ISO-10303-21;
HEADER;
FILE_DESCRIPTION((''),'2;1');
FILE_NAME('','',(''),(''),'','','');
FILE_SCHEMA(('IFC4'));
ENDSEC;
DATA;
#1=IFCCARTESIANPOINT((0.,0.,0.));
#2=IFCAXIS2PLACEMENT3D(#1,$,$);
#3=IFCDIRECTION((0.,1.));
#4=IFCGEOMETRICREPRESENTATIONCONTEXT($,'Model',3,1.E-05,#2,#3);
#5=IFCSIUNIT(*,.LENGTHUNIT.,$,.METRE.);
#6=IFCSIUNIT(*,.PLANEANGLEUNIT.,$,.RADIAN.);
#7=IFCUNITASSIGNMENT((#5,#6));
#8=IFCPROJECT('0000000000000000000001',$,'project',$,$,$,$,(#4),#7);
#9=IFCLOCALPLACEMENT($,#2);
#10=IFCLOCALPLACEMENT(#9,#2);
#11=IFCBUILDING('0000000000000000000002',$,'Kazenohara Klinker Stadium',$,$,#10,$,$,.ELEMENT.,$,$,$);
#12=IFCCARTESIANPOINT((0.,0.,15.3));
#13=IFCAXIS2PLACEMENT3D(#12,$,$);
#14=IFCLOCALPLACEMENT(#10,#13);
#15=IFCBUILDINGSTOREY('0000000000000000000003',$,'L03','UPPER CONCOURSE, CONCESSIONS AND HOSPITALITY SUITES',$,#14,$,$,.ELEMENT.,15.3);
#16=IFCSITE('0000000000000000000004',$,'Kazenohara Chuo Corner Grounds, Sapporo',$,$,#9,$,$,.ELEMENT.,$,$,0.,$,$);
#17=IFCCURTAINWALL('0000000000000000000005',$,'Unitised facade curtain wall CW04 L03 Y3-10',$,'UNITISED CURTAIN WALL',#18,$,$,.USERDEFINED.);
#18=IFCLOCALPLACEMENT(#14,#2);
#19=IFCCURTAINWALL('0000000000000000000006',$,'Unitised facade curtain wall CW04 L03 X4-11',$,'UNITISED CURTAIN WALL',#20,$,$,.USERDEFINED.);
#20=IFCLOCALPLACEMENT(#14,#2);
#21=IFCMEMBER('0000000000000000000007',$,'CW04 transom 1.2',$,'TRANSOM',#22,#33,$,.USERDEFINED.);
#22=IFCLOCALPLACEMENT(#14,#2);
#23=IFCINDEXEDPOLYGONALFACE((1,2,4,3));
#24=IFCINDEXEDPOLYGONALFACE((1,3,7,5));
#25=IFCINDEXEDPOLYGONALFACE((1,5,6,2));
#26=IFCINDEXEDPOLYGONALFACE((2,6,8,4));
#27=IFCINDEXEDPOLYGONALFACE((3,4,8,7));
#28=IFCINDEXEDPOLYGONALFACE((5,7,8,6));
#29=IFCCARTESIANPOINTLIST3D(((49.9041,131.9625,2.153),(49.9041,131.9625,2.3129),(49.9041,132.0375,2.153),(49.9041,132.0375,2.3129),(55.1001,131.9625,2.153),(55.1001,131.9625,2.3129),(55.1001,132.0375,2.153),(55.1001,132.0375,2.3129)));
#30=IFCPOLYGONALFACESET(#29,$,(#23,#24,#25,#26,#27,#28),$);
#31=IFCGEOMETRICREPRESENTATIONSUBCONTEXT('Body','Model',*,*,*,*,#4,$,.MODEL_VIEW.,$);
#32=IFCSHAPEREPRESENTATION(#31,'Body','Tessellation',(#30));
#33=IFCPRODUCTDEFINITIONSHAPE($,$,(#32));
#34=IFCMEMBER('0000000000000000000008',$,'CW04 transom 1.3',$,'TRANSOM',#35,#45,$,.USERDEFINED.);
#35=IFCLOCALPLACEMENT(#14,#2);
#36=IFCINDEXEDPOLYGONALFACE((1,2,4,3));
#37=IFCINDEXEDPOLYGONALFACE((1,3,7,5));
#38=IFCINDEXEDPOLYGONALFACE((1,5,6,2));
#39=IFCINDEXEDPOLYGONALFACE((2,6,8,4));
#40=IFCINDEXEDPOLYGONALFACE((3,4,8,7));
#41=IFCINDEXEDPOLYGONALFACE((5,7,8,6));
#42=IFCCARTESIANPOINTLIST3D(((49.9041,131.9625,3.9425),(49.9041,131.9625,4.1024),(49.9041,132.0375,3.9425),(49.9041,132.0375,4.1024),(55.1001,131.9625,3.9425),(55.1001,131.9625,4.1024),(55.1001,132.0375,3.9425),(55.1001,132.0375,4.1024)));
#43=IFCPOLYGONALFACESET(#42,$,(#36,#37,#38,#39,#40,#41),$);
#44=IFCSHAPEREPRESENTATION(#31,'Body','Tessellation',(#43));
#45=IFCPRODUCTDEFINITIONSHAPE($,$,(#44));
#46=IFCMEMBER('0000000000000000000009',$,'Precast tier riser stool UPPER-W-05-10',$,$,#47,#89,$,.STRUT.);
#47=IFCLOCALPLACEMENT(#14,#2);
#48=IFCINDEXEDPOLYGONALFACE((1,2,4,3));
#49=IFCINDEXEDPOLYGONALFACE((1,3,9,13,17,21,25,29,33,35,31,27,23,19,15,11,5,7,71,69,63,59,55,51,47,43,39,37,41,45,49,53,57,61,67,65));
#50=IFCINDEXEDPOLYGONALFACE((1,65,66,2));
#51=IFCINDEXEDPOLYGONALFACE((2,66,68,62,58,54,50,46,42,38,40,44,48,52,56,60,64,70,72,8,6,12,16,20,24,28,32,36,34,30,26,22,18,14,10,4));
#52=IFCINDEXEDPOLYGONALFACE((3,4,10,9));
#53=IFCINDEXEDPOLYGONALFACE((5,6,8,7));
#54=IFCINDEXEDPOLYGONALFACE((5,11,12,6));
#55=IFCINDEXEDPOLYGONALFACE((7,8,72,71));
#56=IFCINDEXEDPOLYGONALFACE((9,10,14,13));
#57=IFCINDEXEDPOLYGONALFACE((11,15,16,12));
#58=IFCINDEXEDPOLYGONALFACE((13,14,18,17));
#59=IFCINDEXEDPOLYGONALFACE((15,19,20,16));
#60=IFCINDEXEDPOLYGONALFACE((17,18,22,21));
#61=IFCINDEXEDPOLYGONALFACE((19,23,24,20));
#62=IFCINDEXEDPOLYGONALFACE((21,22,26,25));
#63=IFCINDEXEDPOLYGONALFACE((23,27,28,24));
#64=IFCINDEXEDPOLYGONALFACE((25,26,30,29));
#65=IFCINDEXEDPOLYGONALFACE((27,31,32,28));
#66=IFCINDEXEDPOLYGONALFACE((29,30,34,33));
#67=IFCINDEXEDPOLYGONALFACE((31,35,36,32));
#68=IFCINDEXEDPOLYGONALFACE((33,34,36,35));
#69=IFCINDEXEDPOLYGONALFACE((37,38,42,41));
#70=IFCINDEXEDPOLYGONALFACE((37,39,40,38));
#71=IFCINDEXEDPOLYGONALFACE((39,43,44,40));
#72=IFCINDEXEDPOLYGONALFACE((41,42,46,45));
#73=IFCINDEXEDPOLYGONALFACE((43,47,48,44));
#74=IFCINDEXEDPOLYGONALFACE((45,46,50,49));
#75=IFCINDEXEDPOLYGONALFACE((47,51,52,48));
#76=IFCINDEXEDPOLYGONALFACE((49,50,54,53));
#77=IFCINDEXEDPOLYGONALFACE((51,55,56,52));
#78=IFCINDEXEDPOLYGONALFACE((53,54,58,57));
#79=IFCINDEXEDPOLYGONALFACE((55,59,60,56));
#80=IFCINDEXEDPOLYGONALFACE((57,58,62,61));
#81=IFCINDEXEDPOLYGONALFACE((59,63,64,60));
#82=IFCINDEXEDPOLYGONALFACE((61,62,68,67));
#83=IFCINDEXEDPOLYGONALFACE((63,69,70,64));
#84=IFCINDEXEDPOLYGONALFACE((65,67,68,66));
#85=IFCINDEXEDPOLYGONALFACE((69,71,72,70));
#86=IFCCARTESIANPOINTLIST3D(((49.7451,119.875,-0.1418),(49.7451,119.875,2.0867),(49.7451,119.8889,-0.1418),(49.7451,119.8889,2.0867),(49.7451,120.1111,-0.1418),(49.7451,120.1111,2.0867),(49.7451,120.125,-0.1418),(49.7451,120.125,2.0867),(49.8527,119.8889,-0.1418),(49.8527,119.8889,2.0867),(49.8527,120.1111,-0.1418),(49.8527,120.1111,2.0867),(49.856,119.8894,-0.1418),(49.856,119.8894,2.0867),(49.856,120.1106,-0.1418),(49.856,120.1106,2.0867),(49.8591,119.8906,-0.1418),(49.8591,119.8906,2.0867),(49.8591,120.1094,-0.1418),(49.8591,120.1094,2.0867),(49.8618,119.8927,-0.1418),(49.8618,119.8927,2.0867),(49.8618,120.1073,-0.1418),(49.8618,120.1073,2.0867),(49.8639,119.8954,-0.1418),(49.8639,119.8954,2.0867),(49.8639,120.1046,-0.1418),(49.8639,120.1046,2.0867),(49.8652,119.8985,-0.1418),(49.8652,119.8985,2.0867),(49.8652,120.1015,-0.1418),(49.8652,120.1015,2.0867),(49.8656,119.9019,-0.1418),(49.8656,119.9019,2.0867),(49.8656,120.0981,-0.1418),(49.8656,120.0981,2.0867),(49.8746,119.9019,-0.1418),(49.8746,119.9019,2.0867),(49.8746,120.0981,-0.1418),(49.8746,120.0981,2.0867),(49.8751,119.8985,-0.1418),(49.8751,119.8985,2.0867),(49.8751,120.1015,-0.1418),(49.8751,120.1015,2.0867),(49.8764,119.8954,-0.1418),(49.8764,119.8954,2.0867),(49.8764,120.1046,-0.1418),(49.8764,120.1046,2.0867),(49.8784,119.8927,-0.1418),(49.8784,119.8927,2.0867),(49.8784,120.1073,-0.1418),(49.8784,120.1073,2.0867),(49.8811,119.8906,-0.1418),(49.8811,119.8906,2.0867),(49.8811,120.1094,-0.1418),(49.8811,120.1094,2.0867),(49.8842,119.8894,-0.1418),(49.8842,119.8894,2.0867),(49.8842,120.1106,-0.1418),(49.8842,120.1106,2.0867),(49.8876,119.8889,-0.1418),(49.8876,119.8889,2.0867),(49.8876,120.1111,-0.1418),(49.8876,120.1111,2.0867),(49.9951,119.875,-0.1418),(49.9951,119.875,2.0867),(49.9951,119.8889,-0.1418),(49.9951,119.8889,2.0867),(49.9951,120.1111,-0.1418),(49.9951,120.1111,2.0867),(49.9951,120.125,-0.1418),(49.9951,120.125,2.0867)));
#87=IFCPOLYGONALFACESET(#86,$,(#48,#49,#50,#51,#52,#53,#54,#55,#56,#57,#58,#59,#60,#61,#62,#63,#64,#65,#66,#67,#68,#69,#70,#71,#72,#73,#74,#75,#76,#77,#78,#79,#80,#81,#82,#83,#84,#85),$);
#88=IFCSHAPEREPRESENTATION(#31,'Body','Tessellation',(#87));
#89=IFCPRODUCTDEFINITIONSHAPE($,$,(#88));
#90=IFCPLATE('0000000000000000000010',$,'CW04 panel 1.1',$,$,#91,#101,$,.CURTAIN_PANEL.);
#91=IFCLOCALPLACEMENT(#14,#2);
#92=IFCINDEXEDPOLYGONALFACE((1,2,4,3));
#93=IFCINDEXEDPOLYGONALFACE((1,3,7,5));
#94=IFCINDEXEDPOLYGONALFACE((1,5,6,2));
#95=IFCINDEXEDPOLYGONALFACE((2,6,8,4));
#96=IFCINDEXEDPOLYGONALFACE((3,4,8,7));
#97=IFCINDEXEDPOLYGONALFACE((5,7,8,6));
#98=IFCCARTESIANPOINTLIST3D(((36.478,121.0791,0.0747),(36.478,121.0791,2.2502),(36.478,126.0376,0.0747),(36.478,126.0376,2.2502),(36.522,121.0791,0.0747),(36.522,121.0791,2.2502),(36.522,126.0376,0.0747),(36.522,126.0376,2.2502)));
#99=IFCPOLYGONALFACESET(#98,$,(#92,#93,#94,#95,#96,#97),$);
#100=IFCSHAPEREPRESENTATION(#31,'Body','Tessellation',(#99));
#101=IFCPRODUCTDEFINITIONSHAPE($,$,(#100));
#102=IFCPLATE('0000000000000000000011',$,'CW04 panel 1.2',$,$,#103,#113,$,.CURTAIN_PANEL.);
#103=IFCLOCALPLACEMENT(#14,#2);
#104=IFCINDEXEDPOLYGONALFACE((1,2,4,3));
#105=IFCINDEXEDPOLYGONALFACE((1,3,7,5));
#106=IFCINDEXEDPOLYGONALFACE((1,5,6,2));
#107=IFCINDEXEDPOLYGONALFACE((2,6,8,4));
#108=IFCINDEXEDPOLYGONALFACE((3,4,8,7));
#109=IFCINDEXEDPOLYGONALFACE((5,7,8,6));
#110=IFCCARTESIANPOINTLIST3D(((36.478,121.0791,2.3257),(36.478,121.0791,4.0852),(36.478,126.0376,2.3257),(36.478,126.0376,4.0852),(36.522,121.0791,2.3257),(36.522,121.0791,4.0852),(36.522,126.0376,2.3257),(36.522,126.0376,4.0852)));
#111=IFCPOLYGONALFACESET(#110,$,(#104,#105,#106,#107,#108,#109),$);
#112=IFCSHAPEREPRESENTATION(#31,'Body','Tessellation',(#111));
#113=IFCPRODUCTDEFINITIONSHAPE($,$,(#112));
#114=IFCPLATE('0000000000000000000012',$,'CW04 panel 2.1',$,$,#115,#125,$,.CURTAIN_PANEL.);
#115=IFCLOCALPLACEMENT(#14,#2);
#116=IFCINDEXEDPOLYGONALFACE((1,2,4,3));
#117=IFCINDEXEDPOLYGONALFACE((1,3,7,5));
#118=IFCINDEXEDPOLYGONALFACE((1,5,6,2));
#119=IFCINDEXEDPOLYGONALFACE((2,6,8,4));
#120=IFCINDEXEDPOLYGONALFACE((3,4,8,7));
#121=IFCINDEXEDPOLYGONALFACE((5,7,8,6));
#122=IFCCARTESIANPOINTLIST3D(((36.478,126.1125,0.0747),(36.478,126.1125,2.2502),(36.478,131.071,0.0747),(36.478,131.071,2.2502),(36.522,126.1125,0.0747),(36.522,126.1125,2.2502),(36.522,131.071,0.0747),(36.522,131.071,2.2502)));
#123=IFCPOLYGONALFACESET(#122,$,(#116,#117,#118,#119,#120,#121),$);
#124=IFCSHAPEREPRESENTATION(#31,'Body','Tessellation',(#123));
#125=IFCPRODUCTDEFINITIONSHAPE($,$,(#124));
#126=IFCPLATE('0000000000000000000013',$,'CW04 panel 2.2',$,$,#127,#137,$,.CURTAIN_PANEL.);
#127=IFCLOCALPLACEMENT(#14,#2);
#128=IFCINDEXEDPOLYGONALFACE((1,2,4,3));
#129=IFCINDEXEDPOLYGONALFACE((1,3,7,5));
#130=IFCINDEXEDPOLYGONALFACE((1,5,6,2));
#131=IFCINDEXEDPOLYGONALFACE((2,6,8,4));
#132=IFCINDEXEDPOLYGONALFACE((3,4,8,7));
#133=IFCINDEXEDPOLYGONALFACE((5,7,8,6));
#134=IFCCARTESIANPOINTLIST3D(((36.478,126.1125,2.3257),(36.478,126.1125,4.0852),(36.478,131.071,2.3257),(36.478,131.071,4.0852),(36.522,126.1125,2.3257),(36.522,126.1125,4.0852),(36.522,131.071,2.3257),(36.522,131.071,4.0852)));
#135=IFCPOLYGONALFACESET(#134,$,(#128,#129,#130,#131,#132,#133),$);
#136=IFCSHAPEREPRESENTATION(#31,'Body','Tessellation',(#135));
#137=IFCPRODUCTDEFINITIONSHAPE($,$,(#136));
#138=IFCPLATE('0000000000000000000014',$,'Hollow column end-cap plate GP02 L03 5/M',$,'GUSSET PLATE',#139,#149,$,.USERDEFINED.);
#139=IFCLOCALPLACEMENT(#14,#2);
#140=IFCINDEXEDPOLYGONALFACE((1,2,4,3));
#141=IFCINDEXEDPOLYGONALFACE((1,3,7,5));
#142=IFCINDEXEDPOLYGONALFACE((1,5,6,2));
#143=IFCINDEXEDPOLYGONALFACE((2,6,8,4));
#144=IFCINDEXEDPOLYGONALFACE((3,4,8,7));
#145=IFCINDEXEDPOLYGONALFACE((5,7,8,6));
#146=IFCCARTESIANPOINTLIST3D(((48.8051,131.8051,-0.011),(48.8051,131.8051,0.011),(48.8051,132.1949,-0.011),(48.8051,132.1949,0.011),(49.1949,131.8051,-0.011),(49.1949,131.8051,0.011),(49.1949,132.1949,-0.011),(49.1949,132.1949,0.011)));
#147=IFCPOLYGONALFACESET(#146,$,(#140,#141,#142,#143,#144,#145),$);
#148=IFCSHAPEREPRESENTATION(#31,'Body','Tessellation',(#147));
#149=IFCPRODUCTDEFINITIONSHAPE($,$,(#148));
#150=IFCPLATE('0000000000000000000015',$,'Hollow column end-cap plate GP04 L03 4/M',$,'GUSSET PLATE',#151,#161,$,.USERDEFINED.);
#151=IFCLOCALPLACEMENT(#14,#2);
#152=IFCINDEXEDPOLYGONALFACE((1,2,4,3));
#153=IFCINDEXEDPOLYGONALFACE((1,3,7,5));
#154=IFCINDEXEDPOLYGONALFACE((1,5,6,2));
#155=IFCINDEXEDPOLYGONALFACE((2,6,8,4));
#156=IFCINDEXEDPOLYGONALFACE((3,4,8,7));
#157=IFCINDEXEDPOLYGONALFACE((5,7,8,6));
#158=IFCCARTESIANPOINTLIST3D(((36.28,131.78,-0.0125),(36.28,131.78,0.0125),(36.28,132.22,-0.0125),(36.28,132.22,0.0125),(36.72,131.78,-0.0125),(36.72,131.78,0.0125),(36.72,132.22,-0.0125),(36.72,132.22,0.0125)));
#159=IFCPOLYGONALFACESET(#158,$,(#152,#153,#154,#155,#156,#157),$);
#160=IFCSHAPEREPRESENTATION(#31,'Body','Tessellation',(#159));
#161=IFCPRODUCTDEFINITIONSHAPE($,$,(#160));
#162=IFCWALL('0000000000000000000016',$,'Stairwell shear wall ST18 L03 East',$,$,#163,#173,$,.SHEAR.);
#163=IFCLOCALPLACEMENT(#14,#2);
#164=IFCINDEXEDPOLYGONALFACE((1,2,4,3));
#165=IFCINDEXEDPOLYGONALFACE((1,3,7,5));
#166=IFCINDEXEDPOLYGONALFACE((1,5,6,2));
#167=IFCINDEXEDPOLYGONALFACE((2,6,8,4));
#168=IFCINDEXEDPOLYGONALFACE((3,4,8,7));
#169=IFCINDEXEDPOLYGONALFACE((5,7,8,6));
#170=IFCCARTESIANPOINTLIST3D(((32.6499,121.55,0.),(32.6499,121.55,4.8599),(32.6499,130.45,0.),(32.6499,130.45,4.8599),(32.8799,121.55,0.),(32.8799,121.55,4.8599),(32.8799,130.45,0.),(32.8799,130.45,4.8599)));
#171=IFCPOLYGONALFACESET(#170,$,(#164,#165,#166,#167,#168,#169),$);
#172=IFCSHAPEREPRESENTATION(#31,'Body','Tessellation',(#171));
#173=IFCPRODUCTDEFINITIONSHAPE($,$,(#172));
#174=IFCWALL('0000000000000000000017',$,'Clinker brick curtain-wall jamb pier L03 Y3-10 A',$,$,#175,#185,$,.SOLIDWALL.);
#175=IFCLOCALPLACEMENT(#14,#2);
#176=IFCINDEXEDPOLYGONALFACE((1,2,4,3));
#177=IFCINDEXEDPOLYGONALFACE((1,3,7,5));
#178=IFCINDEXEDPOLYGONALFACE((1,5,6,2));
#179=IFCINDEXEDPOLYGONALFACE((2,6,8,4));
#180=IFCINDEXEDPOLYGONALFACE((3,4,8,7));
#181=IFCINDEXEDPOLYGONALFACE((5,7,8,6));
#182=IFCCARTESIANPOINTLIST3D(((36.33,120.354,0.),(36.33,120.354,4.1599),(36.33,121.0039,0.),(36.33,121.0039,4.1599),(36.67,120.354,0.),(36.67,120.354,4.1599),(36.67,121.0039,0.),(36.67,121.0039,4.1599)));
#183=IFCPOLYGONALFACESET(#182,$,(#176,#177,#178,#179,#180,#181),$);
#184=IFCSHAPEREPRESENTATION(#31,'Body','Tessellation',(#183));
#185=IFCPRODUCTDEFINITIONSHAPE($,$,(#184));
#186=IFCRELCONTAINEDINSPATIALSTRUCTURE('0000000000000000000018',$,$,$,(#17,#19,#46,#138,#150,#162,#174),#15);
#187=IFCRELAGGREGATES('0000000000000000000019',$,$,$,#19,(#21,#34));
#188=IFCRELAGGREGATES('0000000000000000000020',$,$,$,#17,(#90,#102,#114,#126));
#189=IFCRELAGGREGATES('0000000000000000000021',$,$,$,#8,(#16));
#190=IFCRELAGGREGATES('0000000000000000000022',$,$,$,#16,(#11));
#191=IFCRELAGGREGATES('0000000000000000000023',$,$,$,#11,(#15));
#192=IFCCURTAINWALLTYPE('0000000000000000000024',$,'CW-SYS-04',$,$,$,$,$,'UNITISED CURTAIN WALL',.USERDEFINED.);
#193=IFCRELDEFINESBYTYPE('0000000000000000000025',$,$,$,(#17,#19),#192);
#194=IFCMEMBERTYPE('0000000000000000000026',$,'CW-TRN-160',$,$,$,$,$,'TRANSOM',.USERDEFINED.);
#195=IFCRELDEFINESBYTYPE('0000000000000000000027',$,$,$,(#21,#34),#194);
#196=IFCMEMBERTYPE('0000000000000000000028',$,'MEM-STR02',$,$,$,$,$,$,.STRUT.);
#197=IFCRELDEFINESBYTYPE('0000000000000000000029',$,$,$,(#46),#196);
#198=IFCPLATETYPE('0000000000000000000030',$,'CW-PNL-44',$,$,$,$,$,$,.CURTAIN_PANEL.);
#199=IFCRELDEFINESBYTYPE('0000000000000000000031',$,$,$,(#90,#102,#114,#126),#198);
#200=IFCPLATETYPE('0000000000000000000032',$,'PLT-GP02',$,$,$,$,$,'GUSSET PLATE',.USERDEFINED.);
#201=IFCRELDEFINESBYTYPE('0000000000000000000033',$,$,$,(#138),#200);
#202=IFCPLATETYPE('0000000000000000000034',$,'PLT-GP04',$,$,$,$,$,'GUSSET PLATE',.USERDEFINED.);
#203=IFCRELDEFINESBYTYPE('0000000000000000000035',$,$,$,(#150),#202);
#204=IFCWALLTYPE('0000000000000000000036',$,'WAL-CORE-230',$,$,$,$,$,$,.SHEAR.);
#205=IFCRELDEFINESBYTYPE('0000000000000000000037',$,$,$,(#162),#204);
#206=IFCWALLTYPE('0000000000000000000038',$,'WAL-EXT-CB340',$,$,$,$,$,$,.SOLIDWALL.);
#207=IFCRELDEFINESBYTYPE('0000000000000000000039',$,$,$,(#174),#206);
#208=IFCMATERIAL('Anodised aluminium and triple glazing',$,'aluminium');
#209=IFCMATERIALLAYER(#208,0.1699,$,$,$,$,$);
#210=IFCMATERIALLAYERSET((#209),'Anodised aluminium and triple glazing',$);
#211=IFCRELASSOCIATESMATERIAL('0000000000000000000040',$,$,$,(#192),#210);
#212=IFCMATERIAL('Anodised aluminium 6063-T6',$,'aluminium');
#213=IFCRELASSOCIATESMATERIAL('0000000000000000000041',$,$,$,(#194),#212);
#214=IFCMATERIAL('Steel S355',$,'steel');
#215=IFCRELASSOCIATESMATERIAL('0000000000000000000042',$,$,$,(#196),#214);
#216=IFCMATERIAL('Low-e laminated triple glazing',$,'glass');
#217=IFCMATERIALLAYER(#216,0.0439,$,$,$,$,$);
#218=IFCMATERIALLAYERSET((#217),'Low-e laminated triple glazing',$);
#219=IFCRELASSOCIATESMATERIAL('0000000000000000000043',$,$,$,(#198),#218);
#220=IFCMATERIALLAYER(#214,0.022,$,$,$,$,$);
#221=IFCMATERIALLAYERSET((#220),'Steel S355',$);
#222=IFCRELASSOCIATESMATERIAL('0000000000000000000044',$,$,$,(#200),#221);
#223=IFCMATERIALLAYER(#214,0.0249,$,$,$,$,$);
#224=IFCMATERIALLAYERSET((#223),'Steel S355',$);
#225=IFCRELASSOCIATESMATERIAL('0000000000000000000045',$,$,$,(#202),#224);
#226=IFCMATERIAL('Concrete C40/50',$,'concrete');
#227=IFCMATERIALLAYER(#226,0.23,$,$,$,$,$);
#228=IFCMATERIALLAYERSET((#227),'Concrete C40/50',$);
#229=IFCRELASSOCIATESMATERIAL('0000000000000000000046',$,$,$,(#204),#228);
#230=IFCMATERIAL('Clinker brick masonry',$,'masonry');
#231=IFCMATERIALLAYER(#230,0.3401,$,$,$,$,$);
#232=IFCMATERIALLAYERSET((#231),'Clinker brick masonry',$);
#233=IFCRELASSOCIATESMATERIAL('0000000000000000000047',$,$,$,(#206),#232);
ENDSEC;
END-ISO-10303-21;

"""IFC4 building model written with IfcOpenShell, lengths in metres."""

from ifc_helpers import new_model, si_unit, direction, frame, frame_2d, origin, origin_2d, place, context, subcontext, project, spatial, rectangle, i_section, extrude, material, layer, layer_set, material_profile, profile_set, type_object, element, aggregate, save


model = new_model("IFC4")

# Units and contexts
model_context = context("Model", 3, precision=1e-05, world=origin(), true_north=direction((0.0, 1.0)))
body_context = subcontext(model_context, "Body", "Model", "MODEL_VIEW")
ifc_project = project(units=[si_unit("LENGTHUNIT", "METRE"), si_unit("PLANEANGLEUNIT", "RADIAN")], contexts=[model_context])

# Site, building, storey
site_placement = place(None, origin())
site = spatial("IfcSite", under=ifc_project, at=site_placement, Name="Kazenohara Chuo Corner Grounds, Sapporo", CompositionType="ELEMENT", RefElevation=0.0)
building_placement = place(site_placement, origin())
building = spatial("IfcBuilding", under=site, at=building_placement, Name="Kazenohara Klinker Stadium", CompositionType="ELEMENT")
storey_placement = place(building_placement, frame((0.0, 0.0, 15.3)))
storey = spatial("IfcBuildingStorey", under=building, at=storey_placement, Name="L03", Description="UPPER CONCOURSE, CONCESSIONS AND HOSPITALITY SUITES", CompositionType="ELEMENT", Elevation=15.3)

# Shared definitions
ifc_material_1 = material(Name="Steel S355", Category="steel")

# Shared definitions
ifc_material_2 = material(Name="Concrete C40/50", Category="concrete")

# Curtain wall
ifc_material_3 = material(Name="Anodised aluminium and triple glazing", Category="aluminium")
ifc_layer_1 = layer(ifc_material_3, 0.1699)
ifc_layer_set_1 = layer_set([ifc_layer_1], Name="Anodised aluminium and triple glazing")
curtain_wall_type = type_object("IfcCurtainWallType", Name="CW-SYS-04", ElementType="UNITISED CURTAIN WALL", PredefinedType="USERDEFINED", material=ifc_layer_set_1)
curtain_wall_1_placement = place(storey_placement, origin())
curtain_wall_1 = element("IfcCurtainWall", 1, at=curtain_wall_1_placement, inside=storey, type_object=curtain_wall_type, Name="Unitised facade curtain wall CW04 L03 Y3-10", ObjectType="UNITISED CURTAIN WALL", PredefinedType="USERDEFINED")
ifc_material_4 = material(Name="Anodised aluminium 6063-T6", Category="aluminium")

# Curtain wall
curtain_wall_2_placement = place(storey_placement, origin())
curtain_wall_2 = element("IfcCurtainWall", 2, at=curtain_wall_2_placement, inside=storey, type_object=curtain_wall_type, Name="Unitised facade curtain wall CW04 L03 X4-11", ObjectType="UNITISED CURTAIN WALL", PredefinedType="USERDEFINED")

# Members
ifc_material_profile_1 = material_profile(ifc_material_4, rectangle(XDim=0.075, YDim=0.1599, at=origin_2d()), Name="ALU-TRN-75x160")
ifc_profile_set_1 = profile_set([ifc_material_profile_1], Name="Anodised aluminium 6063-T6")
member_type_1 = type_object("IfcMemberType", Name="CW-TRN-160", ElementType="TRANSOM", PredefinedType="USERDEFINED", material=ifc_profile_set_1)
member_1_placement = place(storey_placement, frame((49.9041, 132.0, 2.2329), z_axis=(1.0, 0.0, 0.0), x_axis=(0.0, 1.0, 0.0)))
member_1 = element("IfcMember", 3, at=member_1_placement, type_object=member_type_1, Name="CW04 transom 1.2", ObjectType="TRANSOM", PredefinedType="USERDEFINED", context=body_context, shape_type="SweptSolid", body=[
    extrude(rectangle(XDim=0.075, YDim=0.1599, at=origin_2d()), origin(), (0.0, 0.0, 1.0), 5.196),
])
member_2_placement = place(storey_placement, frame((49.9041, 132.0, 4.0225), z_axis=(1.0, 0.0, 0.0), x_axis=(0.0, 1.0, 0.0)))
member_2 = element("IfcMember", 4, at=member_2_placement, type_object=member_type_1, Name="CW04 transom 1.3", ObjectType="TRANSOM", PredefinedType="USERDEFINED", context=body_context, shape_type="SweptSolid", body=[
    extrude(rectangle(XDim=0.075, YDim=0.1599, at=origin_2d()), origin(), (0.0, 0.0, 1.0), 5.196),
])
aggregate(curtain_wall_2, [member_1, member_2])
ifc_material_profile_2 = material_profile(ifc_material_1, i_section(OverallWidth=0.25, OverallDepth=0.25, WebThickness=0.009, FlangeThickness=0.0139, FilletRadius=0.0129, at=origin_2d()), Name="H-250x250x9x14")
ifc_profile_set_2 = profile_set([ifc_material_profile_2], Name="Steel S355")
member_type_2 = type_object("IfcMemberType", Name="MEM-STR02", PredefinedType="STRUT", material=ifc_profile_set_2)
member_3_placement = place(storey_placement, frame((49.8701, 120.0, -0.1418), z_axis=(0.0, 0.0, 1.0), x_axis=(1.0, 0.0, 0.0)))
element("IfcMember", 5, at=member_3_placement, inside=storey, type_object=member_type_2, Name="Precast tier riser stool UPPER-W-05-10", PredefinedType="STRUT", context=body_context, shape_type="SweptSolid", body=[
    extrude(i_section(OverallWidth=0.25, OverallDepth=0.25, WebThickness=0.009, FlangeThickness=0.0139, FilletRadius=0.0129, at=origin_2d()), origin(), (0.0, 0.0, 1.0), 2.2285),
])

# Plates
ifc_material_5 = material(Name="Low-e laminated triple glazing", Category="glass")
ifc_layer_2 = layer(ifc_material_5, 0.0439)
ifc_layer_set_2 = layer_set([ifc_layer_2], Name="Low-e laminated triple glazing")
plate_type_1 = type_object("IfcPlateType", Name="CW-PNL-44", PredefinedType="CURTAIN_PANEL", material=ifc_layer_set_2)
plate_1_placement = place(storey_placement, frame((36.5, 123.5583, 0.0747), z_axis=(0.0, 0.0, 1.0), x_axis=(0.0, 1.0, 0.0)))
plate_1 = element("IfcPlate", 6, at=plate_1_placement, type_object=plate_type_1, Name="CW04 panel 1.1", PredefinedType="CURTAIN_PANEL", context=body_context, shape_type="SweptSolid", body=[
    extrude(rectangle(XDim=4.9585, YDim=0.0439, at=origin_2d()), origin(), (0.0, 0.0, 1.0), 2.1755),
])
plate_2_placement = place(storey_placement, frame((36.5, 123.5583, 2.3257), z_axis=(0.0, 0.0, 1.0), x_axis=(0.0, 1.0, 0.0)))
plate_2 = element("IfcPlate", 7, at=plate_2_placement, type_object=plate_type_1, Name="CW04 panel 1.2", PredefinedType="CURTAIN_PANEL", context=body_context, shape_type="SweptSolid", body=[
    extrude(rectangle(XDim=4.9585, YDim=0.0439, at=origin_2d()), origin(), (0.0, 0.0, 1.0), 1.7595),
])
plate_3_placement = place(storey_placement, frame((36.5, 128.5918, 0.0747), z_axis=(0.0, 0.0, 1.0), x_axis=(0.0, 1.0, 0.0)))
plate_3 = element("IfcPlate", 8, at=plate_3_placement, type_object=plate_type_1, Name="CW04 panel 2.1", PredefinedType="CURTAIN_PANEL", context=body_context, shape_type="SweptSolid", body=[
    extrude(rectangle(XDim=4.9585, YDim=0.0439, at=origin_2d()), origin(), (0.0, 0.0, 1.0), 2.1755),
])
plate_4_placement = place(storey_placement, frame((36.5, 128.5918, 2.3257), z_axis=(0.0, 0.0, 1.0), x_axis=(0.0, 1.0, 0.0)))
plate_4 = element("IfcPlate", 9, at=plate_4_placement, type_object=plate_type_1, Name="CW04 panel 2.2", PredefinedType="CURTAIN_PANEL", context=body_context, shape_type="SweptSolid", body=[
    extrude(rectangle(XDim=4.9585, YDim=0.0439, at=origin_2d()), origin(), (0.0, 0.0, 1.0), 1.7595),
])
aggregate(curtain_wall_1, [plate_1, plate_2, plate_3, plate_4])

# Plates
ifc_layer_3 = layer(ifc_material_1, 0.022)
ifc_layer_set_3 = layer_set([ifc_layer_3], Name="Steel S355")
plate_type_2 = type_object("IfcPlateType", Name="PLT-GP02", ElementType="GUSSET PLATE", PredefinedType="USERDEFINED", material=ifc_layer_set_3)
plate_5_placement = place(storey_placement, frame((49.0, 132.0, -0.011), z_axis=(0.0, 0.0, 1.0), x_axis=(1.0, 0.0, 0.0)))
element("IfcPlate", 10, at=plate_5_placement, inside=storey, type_object=plate_type_2, Name="Hollow column end-cap plate GP02 L03 5/M", ObjectType="GUSSET PLATE", PredefinedType="USERDEFINED", context=body_context, shape_type="SweptSolid", body=[
    extrude(rectangle(XDim=0.3899, YDim=0.3899, at=origin_2d()), origin(), (0.0, 0.0, 1.0), 0.022),
])
ifc_layer_4 = layer(ifc_material_1, 0.0249)
ifc_layer_set_4 = layer_set([ifc_layer_4], Name="Steel S355")
plate_type_3 = type_object("IfcPlateType", Name="PLT-GP04", ElementType="GUSSET PLATE", PredefinedType="USERDEFINED", material=ifc_layer_set_4)
plate_6_placement = place(storey_placement, frame((36.5, 132.0, -0.0125), z_axis=(0.0, 0.0, 1.0), x_axis=(1.0, 0.0, 0.0)))
element("IfcPlate", 11, at=plate_6_placement, inside=storey, type_object=plate_type_3, Name="Hollow column end-cap plate GP04 L03 4/M", ObjectType="GUSSET PLATE", PredefinedType="USERDEFINED", context=body_context, shape_type="SweptSolid", body=[
    extrude(rectangle(XDim=0.4399, YDim=0.4399, at=origin_2d()), origin(), (0.0, 0.0, 1.0), 0.0249),
])

# Walls
ifc_layer_5 = layer(ifc_material_2, 0.23)
ifc_layer_set_5 = layer_set([ifc_layer_5], Name="Concrete C40/50")
wall_type_1 = type_object("IfcWallType", Name="WAL-CORE-230", PredefinedType="SHEAR", material=ifc_layer_set_5)
wall_1_placement = place(storey_placement, frame((32.7649, 121.55, 0.0), z_axis=(0.0, 0.0, 1.0), x_axis=(0.0, 1.0, 0.0)))
element("IfcWall", 12, at=wall_1_placement, inside=storey, type_object=wall_type_1, Name="Stairwell shear wall ST18 L03 East", PredefinedType="SHEAR", context=body_context, shape_type="SweptSolid", body=[
    extrude(rectangle(XDim=8.8999, YDim=0.23, at=frame_2d((4.45, 0.0))), origin(), (0.0, 0.0, 1.0), 4.8599),
])
ifc_material_6 = material(Name="Clinker brick masonry", Category="masonry")
ifc_layer_6 = layer(ifc_material_6, 0.3401)
ifc_layer_set_6 = layer_set([ifc_layer_6], Name="Clinker brick masonry")
wall_type_2 = type_object("IfcWallType", Name="WAL-EXT-CB340", PredefinedType="SOLIDWALL", material=ifc_layer_set_6)
for number, where, z_axis, x_axis, name in (
    (13, (36.5, 120.354, 0.0), (0.0, 0.0, 1.0), (0.0, 1.0, 0.0), "Clinker brick curtain-wall jamb pier L03 Y3-10 A"),
):
    element("IfcWall", number, at=place(storey_placement, frame(where, z_axis=z_axis, x_axis=x_axis)), inside=storey, type_object=wall_type_2, Name=name, PredefinedType="SOLIDWALL", context=body_context, shape_type="SweptSolid", body=[
        extrude(rectangle(XDim=0.6499, YDim=0.3401, at=frame_2d((0.325, 0.0))), origin(), (0.0, 0.0, 1.0), 4.1599),
    ])

save(model, "model.ifc")
